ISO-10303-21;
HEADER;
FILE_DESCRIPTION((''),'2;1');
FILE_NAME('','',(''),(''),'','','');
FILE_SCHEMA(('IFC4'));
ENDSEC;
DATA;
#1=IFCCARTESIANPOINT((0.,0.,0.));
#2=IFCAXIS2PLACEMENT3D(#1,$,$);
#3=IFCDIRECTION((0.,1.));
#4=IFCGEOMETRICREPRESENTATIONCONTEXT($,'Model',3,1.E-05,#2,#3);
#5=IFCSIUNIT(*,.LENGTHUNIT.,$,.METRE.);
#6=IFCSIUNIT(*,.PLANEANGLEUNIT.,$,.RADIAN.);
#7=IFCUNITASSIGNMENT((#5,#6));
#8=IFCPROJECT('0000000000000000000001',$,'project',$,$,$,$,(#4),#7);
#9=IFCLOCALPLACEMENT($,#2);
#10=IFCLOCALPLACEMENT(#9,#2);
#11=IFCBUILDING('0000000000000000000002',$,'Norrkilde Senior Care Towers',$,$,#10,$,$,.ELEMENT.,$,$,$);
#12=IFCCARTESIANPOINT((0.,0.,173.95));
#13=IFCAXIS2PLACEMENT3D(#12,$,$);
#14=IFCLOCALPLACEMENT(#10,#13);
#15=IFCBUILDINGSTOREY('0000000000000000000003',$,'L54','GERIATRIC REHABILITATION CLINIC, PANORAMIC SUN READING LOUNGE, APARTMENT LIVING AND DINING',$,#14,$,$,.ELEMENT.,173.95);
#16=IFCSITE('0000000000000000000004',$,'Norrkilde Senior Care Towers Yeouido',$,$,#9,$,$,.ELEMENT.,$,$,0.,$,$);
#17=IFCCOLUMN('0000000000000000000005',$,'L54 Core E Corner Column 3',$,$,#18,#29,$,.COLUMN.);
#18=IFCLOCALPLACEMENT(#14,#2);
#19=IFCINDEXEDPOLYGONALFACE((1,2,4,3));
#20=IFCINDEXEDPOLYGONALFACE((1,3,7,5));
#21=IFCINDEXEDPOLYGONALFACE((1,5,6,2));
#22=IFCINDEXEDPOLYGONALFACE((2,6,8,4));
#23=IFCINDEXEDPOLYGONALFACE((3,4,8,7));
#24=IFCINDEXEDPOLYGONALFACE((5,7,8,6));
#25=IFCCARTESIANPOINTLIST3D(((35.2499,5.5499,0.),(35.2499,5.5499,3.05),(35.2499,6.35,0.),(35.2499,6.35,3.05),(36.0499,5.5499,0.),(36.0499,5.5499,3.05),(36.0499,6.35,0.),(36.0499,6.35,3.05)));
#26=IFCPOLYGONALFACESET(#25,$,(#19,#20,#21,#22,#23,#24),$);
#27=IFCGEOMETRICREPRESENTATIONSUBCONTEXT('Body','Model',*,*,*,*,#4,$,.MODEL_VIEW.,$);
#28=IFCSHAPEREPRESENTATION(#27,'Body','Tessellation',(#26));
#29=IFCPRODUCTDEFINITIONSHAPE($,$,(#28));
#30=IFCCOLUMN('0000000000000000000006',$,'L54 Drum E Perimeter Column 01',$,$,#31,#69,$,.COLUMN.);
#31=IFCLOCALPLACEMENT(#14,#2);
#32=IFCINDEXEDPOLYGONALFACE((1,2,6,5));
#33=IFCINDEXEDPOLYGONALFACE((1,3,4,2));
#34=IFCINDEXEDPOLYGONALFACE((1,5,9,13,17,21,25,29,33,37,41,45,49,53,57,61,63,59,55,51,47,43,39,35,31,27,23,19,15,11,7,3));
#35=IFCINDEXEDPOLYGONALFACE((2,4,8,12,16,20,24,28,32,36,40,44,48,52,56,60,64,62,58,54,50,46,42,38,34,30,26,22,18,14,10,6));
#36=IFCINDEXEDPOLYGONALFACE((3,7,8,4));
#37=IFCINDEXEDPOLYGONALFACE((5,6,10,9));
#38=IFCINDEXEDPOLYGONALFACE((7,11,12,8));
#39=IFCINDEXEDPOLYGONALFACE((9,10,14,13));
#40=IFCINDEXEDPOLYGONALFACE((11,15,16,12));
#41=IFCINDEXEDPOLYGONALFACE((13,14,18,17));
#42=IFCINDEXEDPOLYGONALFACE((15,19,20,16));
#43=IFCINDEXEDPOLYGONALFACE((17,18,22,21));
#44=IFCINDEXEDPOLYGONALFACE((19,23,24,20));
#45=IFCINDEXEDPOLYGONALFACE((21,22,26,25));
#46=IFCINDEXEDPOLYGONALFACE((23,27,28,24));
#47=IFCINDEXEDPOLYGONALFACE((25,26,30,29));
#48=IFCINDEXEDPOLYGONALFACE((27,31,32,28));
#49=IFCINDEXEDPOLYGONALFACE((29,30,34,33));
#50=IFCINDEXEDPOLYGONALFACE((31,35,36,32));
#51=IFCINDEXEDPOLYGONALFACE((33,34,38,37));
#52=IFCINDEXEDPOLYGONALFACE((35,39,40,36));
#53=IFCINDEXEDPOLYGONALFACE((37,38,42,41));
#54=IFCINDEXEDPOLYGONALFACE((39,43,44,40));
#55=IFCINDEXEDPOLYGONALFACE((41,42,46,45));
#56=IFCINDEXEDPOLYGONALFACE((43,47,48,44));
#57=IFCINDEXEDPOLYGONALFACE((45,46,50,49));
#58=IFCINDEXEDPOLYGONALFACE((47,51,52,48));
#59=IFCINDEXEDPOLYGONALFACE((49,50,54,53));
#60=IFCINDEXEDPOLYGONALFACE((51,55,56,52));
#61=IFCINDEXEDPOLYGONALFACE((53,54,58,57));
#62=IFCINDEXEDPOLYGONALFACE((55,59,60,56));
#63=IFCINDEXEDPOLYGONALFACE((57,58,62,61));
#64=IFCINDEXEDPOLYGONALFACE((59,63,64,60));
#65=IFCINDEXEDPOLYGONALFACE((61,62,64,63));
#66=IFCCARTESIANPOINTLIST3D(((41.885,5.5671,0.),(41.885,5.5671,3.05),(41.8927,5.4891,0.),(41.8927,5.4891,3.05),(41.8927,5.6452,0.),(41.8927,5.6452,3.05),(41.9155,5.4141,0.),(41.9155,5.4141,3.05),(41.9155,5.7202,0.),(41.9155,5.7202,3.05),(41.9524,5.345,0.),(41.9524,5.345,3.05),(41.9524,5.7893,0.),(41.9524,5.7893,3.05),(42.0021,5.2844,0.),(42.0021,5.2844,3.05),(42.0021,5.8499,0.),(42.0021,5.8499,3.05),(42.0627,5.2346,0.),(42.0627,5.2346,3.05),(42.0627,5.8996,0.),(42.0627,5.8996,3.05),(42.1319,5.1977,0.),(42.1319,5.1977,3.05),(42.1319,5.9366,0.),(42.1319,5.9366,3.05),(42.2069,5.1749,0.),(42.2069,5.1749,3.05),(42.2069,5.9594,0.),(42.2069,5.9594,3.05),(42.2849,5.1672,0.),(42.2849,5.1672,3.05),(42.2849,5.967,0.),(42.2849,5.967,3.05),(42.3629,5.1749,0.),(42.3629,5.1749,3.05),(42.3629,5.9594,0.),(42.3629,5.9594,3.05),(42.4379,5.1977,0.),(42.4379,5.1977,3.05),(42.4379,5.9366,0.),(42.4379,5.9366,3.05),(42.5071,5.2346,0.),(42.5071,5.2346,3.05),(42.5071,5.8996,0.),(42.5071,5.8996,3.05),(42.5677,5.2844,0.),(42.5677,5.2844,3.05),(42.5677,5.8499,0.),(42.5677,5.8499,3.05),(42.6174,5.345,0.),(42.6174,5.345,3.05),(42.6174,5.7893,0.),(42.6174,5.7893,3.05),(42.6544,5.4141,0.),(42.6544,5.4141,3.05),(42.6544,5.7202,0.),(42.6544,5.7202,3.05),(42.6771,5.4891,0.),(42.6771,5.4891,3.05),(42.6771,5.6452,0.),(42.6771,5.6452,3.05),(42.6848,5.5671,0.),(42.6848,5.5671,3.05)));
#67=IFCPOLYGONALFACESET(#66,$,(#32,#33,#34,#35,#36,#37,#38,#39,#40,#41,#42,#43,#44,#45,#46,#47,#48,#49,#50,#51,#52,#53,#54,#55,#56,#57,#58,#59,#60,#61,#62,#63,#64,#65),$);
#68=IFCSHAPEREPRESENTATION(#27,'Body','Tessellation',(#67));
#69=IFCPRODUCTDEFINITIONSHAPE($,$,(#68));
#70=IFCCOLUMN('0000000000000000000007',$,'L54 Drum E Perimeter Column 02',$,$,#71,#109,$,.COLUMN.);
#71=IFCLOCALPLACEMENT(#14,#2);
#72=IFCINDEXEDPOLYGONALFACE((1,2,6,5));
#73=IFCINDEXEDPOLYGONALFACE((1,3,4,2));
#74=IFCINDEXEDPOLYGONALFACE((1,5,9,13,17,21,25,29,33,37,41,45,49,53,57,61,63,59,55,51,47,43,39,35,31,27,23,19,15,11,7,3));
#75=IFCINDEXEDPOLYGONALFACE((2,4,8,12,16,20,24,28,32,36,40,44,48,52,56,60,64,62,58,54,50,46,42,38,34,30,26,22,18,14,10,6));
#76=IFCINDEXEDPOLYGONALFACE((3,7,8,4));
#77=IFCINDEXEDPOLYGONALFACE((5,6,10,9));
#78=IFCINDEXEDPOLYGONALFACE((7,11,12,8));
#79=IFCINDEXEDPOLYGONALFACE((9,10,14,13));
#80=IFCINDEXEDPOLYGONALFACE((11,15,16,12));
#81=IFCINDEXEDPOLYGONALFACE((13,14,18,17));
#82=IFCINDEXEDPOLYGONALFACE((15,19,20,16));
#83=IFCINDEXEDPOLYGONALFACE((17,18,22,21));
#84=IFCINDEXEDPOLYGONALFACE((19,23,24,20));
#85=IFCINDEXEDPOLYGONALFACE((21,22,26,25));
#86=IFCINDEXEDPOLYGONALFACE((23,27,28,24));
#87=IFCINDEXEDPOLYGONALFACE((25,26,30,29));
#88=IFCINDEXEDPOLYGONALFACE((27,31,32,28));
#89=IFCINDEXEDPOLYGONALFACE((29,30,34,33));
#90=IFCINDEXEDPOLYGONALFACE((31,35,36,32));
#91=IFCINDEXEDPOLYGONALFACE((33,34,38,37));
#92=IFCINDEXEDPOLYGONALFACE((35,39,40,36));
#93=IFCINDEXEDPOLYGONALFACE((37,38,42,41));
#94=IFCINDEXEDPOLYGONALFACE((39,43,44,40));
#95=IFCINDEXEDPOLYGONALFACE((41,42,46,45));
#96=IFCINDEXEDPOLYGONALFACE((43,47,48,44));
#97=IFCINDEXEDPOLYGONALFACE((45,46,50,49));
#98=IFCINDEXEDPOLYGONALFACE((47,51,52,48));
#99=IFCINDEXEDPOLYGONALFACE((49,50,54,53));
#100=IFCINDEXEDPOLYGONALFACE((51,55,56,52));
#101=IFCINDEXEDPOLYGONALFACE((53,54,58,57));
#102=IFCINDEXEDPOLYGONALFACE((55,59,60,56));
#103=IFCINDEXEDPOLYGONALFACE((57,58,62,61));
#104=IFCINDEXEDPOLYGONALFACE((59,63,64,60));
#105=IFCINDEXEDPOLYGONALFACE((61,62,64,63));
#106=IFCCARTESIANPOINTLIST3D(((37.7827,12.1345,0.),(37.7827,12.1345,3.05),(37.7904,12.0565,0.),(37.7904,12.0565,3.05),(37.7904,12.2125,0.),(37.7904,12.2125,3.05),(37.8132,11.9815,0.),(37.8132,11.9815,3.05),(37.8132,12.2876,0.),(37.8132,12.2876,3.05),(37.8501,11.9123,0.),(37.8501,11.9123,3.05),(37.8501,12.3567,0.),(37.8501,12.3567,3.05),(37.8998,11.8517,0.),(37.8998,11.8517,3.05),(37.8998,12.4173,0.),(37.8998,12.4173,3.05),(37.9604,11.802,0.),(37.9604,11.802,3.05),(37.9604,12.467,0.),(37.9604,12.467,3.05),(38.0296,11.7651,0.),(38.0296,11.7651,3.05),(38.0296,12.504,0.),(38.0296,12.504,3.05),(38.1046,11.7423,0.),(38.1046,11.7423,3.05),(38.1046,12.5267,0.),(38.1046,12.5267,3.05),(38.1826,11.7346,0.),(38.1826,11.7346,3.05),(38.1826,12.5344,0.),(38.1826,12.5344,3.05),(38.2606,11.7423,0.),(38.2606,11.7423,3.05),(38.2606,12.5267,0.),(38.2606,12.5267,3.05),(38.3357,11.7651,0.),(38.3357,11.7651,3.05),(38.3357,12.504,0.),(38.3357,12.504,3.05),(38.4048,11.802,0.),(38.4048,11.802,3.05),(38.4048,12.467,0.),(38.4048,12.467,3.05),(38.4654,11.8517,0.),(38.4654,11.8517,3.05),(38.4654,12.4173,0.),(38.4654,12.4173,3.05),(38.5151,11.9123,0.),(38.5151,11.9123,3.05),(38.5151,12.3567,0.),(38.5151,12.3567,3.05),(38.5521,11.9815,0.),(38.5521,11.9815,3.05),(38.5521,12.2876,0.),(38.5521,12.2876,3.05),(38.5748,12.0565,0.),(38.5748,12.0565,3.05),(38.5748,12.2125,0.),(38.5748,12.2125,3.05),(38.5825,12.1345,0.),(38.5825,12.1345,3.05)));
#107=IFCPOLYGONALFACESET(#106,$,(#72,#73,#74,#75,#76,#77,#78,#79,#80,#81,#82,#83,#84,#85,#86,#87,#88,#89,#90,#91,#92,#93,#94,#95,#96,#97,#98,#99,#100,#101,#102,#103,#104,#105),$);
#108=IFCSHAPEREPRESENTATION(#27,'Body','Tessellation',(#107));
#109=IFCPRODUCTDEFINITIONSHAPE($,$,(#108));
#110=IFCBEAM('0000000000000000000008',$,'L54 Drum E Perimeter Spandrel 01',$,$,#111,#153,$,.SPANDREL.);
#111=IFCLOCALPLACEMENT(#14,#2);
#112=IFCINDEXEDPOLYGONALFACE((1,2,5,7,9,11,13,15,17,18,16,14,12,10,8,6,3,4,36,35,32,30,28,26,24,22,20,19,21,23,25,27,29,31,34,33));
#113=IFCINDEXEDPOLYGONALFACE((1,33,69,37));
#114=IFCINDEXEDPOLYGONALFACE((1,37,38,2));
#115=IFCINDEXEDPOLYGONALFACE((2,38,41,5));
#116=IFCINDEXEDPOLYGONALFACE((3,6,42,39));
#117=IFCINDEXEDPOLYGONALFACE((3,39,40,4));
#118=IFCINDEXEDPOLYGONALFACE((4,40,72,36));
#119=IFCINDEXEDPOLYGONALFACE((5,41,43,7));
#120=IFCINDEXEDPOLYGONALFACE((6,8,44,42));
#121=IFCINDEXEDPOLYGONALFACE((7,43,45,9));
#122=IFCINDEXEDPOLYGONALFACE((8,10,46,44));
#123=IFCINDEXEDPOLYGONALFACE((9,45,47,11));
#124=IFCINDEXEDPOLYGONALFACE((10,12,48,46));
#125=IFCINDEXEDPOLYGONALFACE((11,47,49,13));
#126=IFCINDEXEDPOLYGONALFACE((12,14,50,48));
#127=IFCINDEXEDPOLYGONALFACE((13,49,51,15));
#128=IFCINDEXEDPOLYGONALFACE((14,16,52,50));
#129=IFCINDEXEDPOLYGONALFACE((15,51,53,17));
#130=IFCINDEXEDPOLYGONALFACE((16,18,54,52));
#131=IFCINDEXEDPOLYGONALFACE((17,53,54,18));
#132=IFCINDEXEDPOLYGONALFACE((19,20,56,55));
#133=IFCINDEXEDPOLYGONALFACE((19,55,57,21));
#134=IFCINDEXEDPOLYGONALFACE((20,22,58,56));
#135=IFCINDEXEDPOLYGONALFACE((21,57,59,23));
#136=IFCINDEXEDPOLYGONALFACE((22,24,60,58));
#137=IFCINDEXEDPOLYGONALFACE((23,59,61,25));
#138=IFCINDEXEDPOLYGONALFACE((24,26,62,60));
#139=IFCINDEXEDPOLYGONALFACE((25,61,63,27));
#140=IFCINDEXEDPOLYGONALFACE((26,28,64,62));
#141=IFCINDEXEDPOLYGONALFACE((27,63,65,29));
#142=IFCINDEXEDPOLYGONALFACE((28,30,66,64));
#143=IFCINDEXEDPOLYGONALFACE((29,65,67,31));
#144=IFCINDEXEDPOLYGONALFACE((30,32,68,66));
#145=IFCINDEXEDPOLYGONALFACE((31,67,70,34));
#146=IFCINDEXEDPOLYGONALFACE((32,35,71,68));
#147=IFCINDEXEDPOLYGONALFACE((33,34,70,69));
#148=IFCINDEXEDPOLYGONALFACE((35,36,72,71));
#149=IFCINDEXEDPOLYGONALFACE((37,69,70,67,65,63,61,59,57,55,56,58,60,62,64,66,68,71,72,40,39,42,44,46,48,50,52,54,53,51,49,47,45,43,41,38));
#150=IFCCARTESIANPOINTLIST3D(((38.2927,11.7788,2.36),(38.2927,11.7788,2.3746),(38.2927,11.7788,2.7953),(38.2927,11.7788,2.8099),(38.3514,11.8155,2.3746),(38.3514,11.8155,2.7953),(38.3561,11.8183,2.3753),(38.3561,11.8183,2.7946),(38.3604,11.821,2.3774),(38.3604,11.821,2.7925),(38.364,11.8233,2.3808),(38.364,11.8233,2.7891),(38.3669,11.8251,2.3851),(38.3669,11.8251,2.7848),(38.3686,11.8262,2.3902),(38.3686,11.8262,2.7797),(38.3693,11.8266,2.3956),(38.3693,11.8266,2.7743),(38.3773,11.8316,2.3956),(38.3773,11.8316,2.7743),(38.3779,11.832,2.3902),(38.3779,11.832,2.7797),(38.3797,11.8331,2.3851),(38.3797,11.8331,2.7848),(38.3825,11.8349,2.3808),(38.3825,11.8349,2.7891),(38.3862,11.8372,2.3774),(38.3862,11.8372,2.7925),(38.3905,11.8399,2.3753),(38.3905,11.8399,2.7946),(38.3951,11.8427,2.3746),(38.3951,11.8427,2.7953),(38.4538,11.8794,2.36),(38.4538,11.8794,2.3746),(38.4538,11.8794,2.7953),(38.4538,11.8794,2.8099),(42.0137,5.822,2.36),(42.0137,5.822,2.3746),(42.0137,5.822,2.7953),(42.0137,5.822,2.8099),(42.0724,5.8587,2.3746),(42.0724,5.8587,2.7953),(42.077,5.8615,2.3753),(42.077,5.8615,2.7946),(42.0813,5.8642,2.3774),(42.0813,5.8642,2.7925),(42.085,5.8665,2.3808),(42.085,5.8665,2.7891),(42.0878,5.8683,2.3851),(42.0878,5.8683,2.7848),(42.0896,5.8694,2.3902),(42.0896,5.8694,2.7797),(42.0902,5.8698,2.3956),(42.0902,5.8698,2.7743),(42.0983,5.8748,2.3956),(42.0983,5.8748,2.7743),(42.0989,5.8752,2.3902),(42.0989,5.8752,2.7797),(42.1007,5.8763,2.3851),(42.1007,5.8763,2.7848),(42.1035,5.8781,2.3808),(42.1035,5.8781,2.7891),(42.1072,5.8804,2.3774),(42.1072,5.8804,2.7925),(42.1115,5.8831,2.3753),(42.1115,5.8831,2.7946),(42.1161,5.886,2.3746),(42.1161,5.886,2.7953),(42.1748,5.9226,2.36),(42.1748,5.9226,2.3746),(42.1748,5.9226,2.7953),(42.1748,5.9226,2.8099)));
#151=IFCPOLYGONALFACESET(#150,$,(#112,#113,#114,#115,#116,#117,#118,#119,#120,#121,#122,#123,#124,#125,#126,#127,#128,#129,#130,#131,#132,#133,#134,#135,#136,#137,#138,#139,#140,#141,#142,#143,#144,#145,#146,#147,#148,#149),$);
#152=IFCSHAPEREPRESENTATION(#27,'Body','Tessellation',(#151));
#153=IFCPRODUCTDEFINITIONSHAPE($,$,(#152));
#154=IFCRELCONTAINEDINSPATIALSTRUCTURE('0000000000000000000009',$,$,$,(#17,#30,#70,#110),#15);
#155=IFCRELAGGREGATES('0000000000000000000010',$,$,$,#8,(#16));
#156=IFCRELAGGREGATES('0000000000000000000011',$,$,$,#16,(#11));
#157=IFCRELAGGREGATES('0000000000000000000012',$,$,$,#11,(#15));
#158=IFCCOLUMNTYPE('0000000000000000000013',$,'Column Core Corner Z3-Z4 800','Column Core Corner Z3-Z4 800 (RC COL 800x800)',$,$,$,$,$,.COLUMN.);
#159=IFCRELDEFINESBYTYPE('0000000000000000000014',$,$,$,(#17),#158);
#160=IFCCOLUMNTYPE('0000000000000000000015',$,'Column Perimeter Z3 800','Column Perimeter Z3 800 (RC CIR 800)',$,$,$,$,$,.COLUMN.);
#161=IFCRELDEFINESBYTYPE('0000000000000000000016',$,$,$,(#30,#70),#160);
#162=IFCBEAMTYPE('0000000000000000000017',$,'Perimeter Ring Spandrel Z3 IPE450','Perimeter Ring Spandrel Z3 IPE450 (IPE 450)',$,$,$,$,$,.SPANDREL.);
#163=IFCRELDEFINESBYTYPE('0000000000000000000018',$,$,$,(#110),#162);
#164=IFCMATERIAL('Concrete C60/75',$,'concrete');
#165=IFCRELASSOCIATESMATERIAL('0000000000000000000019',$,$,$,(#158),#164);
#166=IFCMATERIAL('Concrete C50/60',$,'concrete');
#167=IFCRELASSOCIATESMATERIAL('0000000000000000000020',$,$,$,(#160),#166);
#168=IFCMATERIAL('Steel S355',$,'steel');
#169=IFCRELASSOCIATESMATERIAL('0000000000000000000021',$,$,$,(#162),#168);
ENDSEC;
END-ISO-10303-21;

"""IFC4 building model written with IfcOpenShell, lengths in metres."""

from ifc_helpers import new_model, si_unit, direction, frame, origin, origin_2d, place, context, subcontext, project, spatial, rectangle, circle, i_section, extrude, source, transform, mapped, material, material_profile, profile_set, type_object, type_shapes, element, save


model = new_model("IFC4")

# Units and contexts
model_context = context("Model", 3, precision=1e-05, world=origin(), true_north=direction((0.0, 1.0)))
body_context = subcontext(model_context, "Body", "Model", "MODEL_VIEW")
ifc_project = project(units=[si_unit("LENGTHUNIT", "METRE"), si_unit("PLANEANGLEUNIT", "RADIAN")], contexts=[model_context])

# Site, building, storey
site_placement = place(None, origin())
site = spatial("IfcSite", under=ifc_project, at=site_placement, Name="Norrkilde Senior Care Towers Yeouido", CompositionType="ELEMENT", RefElevation=0.0)
building_placement = place(site_placement, origin())
building = spatial("IfcBuilding", under=site, at=building_placement, Name="Norrkilde Senior Care Towers", CompositionType="ELEMENT")
storey_placement = place(building_placement, frame((0.0, 0.0, 173.95)))
storey = spatial("IfcBuildingStorey", under=building, at=storey_placement, Name="L54", Description="GERIATRIC REHABILITATION CLINIC, PANORAMIC SUN READING LOUNGE, APARTMENT LIVING AND DINING", CompositionType="ELEMENT", Elevation=173.95)

# Columns
ifc_material_1 = material(Name="Concrete C60/75", Category="concrete")
ifc_material_profile_1 = material_profile(ifc_material_1, rectangle(XDim=0.8, YDim=0.8, at=origin_2d()), Name="RC COL 800x800")
ifc_profile_set_1 = profile_set([ifc_material_profile_1], Name="Concrete C60/75")
column_type_1 = type_object("IfcColumnType", Name="Column Core Corner Z3-Z4 800", Description="Column Core Corner Z3-Z4 800 (RC COL 800x800)", PredefinedType="COLUMN", material=ifc_profile_set_1)
shared_shape_1 = source(origin(), body_context, "Body", "SweptSolid", [
    extrude(rectangle(XDim=0.8, YDim=0.8, at=origin_2d()), origin(), (0.0, 0.0, 1.0), 3.05),
])
type_shapes(column_type_1, [shared_shape_1])
column_placement = place(storey_placement, frame((35.6499, 5.95, 0.0), z_axis=(0.0, 0.0, 1.0), x_axis=(1.0, 0.0, 0.0)))
element("IfcColumn", 1, at=column_placement, inside=storey, type_object=column_type_1, Name="L54 Core E Corner Column 3", PredefinedType="COLUMN", context=body_context, shape_type="MappedRepresentation", body=[
    mapped(shared_shape_1, transform((0.0, 0.0, 0.0), x_axis=(1.0, 0.0, 0.0), y_axis=(0.0, 1.0, 0.0), z_axis=(0.0, 0.0, 1.0), scale=1.0)),
])
ifc_material_2 = material(Name="Concrete C50/60", Category="concrete")
ifc_material_profile_2 = material_profile(ifc_material_2, circle(Radius=0.3999, at=origin_2d()), Name="RC CIR 800")
ifc_profile_set_2 = profile_set([ifc_material_profile_2], Name="Concrete C50/60")
column_type_2 = type_object("IfcColumnType", Name="Column Perimeter Z3 800", Description="Column Perimeter Z3 800 (RC CIR 800)", PredefinedType="COLUMN", material=ifc_profile_set_2)
shared_shape_2 = source(origin(), body_context, "Body", "SweptSolid", [
    extrude(circle(Radius=0.3999, at=origin_2d()), origin(), (0.0, 0.0, 1.0), 3.05),
])
type_shapes(column_type_2, [shared_shape_2])
for number, where, z_axis, x_axis, name in (
    (2, (42.2849, 5.5671, 0.0), (0.0, 0.0, 1.0), (1.0, 0.0, 0.0), "L54 Drum E Perimeter Column 01"),
    (3, (38.1826, 12.1345, 0.0), (0.0, 0.0, 1.0), (1.0, 0.0, 0.0), "L54 Drum E Perimeter Column 02"),
):
    element("IfcColumn", number, at=place(storey_placement, frame(where, z_axis=z_axis, x_axis=x_axis)), inside=storey, type_object=column_type_2, Name=name, PredefinedType="COLUMN", context=body_context, shape_type="MappedRepresentation", body=[
        mapped(shared_shape_2, transform((0.0, 0.0, 0.0), x_axis=(1.0, 0.0, 0.0), y_axis=(0.0, 1.0, 0.0), z_axis=(0.0, 0.0, 1.0), scale=1.0)),
    ])

# Beam
ifc_material_3 = material(Name="Steel S355", Category="steel")
ifc_material_profile_3 = material_profile(ifc_material_3, i_section(OverallWidth=0.1899, OverallDepth=0.45, WebThickness=0.0095, FlangeThickness=0.0146, FilletRadius=0.021, at=origin_2d()), Name="IPE 450")
ifc_profile_set_3 = profile_set([ifc_material_profile_3], Name="Steel S355")
beam_type_1 = type_object("IfcBeamType", Name="Perimeter Ring Spandrel Z3 IPE450", Description="Perimeter Ring Spandrel Z3 IPE450 (IPE 450)", PredefinedType="SPANDREL", material=ifc_profile_set_3)
shared_shape_3 = source(origin(), body_context, "Body", "SweptSolid", [
    extrude(i_section(OverallWidth=0.1899, OverallDepth=0.45, WebThickness=0.0095, FlangeThickness=0.0146, FilletRadius=0.021, at=origin_2d()), origin(), (0.0, 0.0, 1.0), 7.0234),
])
beam_1_placement = place(storey_placement, frame((42.0942, 5.8723, 2.585), z_axis=(-0.52979, 0.848129, 0.0), x_axis=(-0.848129, -0.52979, 0.0)))
element("IfcBeam", 4, at=beam_1_placement, inside=storey, type_object=beam_type_1, Name="L54 Drum E Perimeter Spandrel 01", PredefinedType="SPANDREL", context=body_context, shape_type="MappedRepresentation", body=[
    mapped(shared_shape_3, transform((0.0, 0.0, 0.0), x_axis=(1.0, 0.0, 0.0), y_axis=(0.0, 1.0, 0.0), z_axis=(0.0, 0.0, 1.0), scale=1.0)),
])

save(model, "model.ifc")
